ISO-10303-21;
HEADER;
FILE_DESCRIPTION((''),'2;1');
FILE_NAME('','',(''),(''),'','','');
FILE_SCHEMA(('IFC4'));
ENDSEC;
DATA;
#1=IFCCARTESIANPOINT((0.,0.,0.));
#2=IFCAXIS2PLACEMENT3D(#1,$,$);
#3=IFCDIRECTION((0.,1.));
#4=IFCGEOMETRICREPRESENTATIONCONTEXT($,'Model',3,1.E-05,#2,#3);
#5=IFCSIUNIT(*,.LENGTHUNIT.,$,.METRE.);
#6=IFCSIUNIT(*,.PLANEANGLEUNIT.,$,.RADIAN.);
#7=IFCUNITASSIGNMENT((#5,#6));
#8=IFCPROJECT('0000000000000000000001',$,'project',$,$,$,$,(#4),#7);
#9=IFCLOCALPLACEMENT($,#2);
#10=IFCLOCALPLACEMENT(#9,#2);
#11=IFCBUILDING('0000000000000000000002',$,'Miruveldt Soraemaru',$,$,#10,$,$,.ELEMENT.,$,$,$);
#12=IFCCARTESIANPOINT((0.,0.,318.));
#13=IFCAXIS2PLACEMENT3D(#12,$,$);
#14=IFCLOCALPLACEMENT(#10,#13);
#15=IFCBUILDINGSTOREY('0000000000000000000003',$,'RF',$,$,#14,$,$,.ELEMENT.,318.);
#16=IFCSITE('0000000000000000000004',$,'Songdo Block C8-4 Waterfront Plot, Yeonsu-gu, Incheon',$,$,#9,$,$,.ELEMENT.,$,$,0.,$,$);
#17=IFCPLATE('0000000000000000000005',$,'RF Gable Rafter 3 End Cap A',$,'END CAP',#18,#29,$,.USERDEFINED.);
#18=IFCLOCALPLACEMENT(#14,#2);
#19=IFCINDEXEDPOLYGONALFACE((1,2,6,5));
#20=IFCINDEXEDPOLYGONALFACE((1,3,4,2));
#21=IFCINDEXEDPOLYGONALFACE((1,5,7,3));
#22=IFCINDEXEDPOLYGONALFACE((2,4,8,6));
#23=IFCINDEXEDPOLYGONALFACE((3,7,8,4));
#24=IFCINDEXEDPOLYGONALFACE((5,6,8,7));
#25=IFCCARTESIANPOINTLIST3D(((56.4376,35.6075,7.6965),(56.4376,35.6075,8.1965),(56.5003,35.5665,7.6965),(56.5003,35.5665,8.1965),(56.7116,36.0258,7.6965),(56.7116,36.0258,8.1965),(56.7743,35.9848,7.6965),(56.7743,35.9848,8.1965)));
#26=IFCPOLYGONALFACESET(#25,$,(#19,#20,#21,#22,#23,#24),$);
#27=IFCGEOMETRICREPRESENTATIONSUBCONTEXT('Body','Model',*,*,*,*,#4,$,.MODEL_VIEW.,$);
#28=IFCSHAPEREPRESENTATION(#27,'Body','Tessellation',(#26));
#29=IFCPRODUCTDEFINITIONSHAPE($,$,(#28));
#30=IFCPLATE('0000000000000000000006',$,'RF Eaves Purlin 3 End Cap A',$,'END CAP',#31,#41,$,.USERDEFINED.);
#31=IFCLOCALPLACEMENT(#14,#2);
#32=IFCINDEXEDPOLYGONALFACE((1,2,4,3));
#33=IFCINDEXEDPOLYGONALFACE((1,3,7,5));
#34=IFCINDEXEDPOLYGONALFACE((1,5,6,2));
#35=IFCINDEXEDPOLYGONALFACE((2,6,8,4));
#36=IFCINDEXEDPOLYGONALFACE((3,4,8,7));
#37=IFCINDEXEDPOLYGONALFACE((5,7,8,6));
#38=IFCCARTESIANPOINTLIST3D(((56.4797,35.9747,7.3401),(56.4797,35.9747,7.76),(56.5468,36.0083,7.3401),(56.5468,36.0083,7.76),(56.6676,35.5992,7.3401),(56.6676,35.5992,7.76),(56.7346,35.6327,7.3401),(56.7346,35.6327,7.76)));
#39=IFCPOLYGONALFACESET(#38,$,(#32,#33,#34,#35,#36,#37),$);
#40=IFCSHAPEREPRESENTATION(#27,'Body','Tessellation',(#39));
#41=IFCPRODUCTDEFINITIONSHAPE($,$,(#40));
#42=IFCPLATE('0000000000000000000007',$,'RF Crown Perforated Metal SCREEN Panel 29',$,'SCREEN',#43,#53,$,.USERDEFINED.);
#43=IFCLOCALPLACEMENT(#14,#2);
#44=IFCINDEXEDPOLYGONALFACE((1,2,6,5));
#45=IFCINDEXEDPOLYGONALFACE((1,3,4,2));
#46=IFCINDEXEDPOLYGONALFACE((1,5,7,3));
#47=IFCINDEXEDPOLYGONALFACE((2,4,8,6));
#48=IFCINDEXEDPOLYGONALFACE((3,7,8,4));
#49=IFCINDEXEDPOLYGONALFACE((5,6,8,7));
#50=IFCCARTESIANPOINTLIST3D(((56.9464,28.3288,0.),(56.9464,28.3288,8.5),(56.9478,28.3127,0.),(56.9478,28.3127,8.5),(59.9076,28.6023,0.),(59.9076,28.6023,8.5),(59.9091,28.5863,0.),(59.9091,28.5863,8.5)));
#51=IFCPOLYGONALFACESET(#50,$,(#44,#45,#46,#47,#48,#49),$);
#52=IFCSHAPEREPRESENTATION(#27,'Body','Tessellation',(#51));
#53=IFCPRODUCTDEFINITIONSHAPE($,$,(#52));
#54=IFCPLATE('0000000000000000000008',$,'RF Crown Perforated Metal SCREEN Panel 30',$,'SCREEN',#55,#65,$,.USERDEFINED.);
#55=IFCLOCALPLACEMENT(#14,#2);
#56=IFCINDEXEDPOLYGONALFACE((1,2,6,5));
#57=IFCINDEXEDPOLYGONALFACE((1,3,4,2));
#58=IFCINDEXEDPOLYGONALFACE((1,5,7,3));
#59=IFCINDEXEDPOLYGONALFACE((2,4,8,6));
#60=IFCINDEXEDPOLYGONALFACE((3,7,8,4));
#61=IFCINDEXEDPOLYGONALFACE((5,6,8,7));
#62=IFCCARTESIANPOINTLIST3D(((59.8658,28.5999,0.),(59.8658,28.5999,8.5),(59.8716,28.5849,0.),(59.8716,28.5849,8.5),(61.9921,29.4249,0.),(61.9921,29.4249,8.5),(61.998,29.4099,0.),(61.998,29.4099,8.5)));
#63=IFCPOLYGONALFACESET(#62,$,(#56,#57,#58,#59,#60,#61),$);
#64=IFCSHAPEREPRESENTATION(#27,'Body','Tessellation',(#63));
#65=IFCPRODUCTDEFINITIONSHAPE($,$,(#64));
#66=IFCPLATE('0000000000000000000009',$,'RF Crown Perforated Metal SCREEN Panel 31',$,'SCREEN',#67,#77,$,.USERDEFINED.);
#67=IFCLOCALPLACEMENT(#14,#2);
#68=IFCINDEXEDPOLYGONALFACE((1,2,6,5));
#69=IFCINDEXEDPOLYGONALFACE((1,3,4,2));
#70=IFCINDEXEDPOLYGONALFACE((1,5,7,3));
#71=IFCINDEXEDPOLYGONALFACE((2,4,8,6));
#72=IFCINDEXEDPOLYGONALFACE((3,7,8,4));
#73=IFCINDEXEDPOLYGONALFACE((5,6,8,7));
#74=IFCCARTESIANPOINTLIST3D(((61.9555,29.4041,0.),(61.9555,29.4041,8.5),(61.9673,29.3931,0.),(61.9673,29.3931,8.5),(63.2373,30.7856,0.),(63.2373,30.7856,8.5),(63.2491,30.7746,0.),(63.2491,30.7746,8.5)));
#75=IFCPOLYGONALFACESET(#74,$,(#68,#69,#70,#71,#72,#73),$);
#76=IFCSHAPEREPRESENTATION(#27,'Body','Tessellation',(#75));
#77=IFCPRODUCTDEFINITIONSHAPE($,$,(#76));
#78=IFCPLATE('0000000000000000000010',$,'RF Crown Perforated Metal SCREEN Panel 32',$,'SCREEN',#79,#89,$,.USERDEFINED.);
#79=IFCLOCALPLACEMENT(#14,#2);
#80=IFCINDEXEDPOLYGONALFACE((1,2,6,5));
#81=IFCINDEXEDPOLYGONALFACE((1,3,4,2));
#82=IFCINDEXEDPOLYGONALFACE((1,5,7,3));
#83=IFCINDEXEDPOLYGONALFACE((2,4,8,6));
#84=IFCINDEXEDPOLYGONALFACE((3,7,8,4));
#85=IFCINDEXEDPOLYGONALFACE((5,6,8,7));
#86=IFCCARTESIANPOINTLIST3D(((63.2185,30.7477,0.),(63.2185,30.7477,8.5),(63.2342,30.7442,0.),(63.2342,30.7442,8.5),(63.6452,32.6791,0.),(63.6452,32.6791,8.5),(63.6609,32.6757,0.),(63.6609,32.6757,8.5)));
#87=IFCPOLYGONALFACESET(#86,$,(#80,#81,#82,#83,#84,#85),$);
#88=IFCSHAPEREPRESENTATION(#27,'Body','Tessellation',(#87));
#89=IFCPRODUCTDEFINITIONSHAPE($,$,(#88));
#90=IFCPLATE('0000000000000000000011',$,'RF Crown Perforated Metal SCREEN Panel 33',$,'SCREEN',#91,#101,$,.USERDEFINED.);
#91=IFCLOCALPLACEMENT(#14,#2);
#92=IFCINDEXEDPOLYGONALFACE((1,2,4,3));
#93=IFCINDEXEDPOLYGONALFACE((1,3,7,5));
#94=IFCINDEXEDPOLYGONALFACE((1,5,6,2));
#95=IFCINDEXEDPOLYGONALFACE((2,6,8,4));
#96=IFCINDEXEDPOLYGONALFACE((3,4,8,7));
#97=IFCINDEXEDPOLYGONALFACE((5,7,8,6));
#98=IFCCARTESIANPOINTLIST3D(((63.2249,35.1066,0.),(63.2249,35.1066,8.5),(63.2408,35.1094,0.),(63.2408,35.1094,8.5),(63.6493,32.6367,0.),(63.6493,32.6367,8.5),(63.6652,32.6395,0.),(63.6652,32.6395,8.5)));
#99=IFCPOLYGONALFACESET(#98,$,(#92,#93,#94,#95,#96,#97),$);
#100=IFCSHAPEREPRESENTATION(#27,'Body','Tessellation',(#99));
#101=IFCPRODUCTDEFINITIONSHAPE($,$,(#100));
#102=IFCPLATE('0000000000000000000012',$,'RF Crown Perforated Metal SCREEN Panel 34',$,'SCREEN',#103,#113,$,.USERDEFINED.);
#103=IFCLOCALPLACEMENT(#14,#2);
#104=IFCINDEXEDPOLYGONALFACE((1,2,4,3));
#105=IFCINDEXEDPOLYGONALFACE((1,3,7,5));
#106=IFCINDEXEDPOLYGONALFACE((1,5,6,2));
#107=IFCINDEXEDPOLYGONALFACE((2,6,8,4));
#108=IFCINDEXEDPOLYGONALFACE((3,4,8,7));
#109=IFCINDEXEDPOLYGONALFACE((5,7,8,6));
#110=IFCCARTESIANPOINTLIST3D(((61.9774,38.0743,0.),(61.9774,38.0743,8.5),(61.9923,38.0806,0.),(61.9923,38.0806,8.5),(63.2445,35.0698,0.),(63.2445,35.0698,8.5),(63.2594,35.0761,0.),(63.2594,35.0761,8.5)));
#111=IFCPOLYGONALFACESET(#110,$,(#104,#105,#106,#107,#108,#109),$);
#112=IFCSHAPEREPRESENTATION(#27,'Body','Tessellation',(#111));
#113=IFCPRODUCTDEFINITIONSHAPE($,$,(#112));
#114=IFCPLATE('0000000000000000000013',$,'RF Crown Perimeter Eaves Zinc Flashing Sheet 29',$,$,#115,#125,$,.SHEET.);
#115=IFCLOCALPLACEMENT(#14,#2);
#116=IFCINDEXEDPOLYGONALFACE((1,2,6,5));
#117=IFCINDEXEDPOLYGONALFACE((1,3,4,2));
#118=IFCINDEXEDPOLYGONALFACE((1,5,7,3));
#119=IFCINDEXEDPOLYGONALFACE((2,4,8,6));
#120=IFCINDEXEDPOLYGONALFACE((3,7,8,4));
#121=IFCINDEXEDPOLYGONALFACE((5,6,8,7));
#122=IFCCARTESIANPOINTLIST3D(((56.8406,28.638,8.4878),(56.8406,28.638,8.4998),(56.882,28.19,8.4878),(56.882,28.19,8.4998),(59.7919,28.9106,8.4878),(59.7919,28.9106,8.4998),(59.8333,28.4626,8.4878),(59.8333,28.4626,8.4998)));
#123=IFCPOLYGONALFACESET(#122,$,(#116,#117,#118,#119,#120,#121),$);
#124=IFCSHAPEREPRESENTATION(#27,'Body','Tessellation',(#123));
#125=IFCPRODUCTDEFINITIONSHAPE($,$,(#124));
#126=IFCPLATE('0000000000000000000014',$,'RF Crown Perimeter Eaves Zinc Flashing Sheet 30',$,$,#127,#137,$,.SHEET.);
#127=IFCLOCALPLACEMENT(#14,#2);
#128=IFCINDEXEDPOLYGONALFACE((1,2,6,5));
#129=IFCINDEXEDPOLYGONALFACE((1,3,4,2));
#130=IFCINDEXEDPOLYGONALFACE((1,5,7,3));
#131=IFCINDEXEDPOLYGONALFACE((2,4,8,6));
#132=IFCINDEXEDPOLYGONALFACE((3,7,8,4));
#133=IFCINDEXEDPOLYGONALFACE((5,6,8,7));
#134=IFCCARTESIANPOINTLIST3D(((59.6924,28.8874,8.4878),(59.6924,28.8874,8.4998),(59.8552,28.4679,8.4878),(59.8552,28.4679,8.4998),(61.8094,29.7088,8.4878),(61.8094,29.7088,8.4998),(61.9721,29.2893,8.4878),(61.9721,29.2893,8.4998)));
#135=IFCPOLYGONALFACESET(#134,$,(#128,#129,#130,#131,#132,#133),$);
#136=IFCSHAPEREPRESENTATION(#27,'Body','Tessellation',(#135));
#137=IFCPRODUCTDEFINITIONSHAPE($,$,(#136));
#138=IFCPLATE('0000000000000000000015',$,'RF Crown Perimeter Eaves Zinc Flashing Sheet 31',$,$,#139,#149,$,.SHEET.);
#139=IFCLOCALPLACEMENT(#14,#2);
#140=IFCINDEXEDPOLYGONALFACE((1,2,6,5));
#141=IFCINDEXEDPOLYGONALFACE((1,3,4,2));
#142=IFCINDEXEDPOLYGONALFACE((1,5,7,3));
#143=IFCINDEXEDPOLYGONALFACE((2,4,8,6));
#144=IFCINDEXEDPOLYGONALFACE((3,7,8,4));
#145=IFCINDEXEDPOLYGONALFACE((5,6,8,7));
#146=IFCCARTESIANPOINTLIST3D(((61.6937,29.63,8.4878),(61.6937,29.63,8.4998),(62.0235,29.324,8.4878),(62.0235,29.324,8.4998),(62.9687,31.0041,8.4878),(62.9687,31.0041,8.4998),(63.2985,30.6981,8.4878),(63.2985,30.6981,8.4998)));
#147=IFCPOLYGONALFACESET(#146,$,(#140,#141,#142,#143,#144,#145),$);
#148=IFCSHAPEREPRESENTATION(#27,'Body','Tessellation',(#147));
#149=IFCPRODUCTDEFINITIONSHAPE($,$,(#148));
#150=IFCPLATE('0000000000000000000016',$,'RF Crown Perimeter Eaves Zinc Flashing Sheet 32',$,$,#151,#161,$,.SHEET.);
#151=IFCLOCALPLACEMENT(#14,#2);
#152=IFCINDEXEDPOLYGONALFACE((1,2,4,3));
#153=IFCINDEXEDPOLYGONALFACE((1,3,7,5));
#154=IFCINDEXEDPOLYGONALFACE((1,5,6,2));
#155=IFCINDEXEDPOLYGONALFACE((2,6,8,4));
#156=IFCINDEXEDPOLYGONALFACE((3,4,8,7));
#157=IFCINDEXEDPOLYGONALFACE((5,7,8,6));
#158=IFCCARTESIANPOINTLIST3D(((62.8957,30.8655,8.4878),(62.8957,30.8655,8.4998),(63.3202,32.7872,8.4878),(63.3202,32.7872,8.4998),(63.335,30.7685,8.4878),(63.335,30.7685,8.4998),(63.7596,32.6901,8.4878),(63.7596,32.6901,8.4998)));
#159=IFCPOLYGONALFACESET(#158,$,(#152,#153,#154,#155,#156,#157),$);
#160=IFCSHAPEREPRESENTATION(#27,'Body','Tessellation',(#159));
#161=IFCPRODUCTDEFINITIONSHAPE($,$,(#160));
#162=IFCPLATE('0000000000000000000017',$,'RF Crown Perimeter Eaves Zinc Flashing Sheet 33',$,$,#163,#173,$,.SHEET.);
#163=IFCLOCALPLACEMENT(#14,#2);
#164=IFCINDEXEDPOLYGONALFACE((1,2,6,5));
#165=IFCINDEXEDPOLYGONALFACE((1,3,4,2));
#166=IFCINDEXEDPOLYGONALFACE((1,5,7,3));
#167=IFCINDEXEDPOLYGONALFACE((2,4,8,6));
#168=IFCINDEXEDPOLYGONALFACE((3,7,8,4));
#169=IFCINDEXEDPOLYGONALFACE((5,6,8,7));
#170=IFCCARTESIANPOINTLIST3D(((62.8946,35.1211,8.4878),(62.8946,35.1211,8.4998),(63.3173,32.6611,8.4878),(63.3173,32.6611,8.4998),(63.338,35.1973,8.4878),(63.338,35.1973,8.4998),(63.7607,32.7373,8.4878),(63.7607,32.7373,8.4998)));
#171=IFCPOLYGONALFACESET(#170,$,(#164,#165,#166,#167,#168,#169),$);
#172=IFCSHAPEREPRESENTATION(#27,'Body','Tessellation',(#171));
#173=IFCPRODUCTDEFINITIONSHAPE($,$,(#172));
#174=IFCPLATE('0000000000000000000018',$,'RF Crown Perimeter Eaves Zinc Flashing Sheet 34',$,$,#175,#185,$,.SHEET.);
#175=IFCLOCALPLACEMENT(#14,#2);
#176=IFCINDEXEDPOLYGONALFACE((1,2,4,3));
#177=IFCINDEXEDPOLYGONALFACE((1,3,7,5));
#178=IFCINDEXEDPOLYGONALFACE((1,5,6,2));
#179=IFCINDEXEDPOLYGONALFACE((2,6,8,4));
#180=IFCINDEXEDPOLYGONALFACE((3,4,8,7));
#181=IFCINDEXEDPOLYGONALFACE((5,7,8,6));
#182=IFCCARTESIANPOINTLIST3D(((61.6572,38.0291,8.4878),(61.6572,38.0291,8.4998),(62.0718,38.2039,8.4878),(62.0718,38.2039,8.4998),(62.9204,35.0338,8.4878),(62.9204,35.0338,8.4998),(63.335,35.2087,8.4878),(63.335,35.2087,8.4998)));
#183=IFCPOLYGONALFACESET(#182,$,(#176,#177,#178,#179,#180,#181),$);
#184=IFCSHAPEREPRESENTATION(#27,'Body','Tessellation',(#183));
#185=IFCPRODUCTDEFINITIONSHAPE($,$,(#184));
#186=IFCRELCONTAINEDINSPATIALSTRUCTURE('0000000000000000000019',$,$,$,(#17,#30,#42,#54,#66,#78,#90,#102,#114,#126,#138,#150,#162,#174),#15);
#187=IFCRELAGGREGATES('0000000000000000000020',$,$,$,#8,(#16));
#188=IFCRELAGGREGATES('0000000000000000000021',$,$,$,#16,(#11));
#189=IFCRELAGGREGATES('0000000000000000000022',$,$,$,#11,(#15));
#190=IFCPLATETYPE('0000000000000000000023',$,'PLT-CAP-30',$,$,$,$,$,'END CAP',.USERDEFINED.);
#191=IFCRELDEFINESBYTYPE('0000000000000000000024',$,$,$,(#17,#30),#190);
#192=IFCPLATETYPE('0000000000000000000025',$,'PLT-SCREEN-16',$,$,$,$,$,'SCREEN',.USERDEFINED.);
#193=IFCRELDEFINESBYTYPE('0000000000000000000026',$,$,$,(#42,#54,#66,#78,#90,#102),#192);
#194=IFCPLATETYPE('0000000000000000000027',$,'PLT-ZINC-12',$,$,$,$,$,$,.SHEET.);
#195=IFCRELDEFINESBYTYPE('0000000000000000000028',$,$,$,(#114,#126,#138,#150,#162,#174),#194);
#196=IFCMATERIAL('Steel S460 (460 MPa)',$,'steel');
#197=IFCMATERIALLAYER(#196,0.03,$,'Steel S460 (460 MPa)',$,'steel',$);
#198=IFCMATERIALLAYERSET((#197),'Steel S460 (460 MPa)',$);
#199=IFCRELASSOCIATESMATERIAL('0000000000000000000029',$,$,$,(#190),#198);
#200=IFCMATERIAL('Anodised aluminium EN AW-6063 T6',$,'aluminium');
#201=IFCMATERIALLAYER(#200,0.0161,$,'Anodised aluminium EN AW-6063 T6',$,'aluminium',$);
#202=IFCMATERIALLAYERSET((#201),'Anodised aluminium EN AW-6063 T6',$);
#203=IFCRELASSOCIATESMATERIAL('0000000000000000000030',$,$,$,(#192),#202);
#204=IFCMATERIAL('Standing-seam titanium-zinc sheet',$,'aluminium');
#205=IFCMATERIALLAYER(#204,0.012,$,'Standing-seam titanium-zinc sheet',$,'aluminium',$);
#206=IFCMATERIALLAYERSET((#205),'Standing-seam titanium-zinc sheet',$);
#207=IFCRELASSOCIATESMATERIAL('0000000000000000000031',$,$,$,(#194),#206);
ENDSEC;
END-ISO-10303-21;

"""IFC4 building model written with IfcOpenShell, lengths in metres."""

from ifc_helpers import new_model, si_unit, direction, frame, origin, origin_2d, place, context, subcontext, project, spatial, rectangle, extrude, material, layer, layer_set, type_object, element, save


model = new_model("IFC4")

# Units and contexts
model_context = context("Model", 3, precision=1e-05, world=origin(), true_north=direction((0.0, 1.0)))
body_context = subcontext(model_context, "Body", "Model", "MODEL_VIEW")
ifc_project = project(units=[si_unit("LENGTHUNIT", "METRE"), si_unit("PLANEANGLEUNIT", "RADIAN")], contexts=[model_context])

# Site, building, storey
site_placement = place(None, origin())
site = spatial("IfcSite", under=ifc_project, at=site_placement, Name="Songdo Block C8-4 Waterfront Plot, Yeonsu-gu, Incheon", CompositionType="ELEMENT", RefElevation=0.0)
building_placement = place(site_placement, origin())
building = spatial("IfcBuilding", under=site, at=building_placement, Name="Miruveldt Soraemaru", CompositionType="ELEMENT")
storey_placement = place(building_placement, frame((0.0, 0.0, 318.0)))
storey = spatial("IfcBuildingStorey", under=building, at=storey_placement, Name="RF", CompositionType="ELEMENT", Elevation=318.0)

# Shared definitions
ifc_material_1 = material(Name="Steel S460 (460 MPa)", Category="steel")

# Plates
ifc_layer_1 = layer(ifc_material_1, 0.03, Name="Steel S460 (460 MPa)", Category="steel")
ifc_layer_set_1 = layer_set([ifc_layer_1], Name="Steel S460 (460 MPa)")
plate_type_1 = type_object("IfcPlateType", Name="PLT-CAP-30", ElementType="END CAP", PredefinedType="USERDEFINED", material=ifc_layer_set_1)
plate_1_placement = place(storey_placement, frame((56.606, 35.7961, 7.6965), z_axis=(0.0, 0.0, 1.0), x_axis=(0.836573, -0.547855, 0.0)))
element("IfcPlate", 1, at=plate_1_placement, inside=storey, type_object=plate_type_1, Name="RF Gable Rafter 3 End Cap A", ObjectType="END CAP", PredefinedType="USERDEFINED", context=body_context, shape_type="SweptSolid", body=[
    extrude(rectangle(XDim=0.075, YDim=0.5, at=origin_2d()), origin(), (0.0, 0.0, 1.0), 0.5),
])
plate_2_placement = place(storey_placement, frame((56.6072, 35.8037, 7.3401), z_axis=(0.0, 0.0, 1.0), x_axis=(0.894389, 0.447291, 0.0)))
element("IfcPlate", 2, at=plate_2_placement, inside=storey, type_object=plate_type_1, Name="RF Eaves Purlin 3 End Cap A", ObjectType="END CAP", PredefinedType="USERDEFINED", context=body_context, shape_type="SweptSolid", body=[
    extrude(rectangle(XDim=0.075, YDim=0.4199, at=origin_2d()), origin(), (0.0, 0.0, 1.0), 0.4199),
])
ifc_material_2 = material(Name="Anodised aluminium EN AW-6063 T6", Category="aluminium")
ifc_layer_2 = layer(ifc_material_2, 0.0161, Name="Anodised aluminium EN AW-6063 T6", Category="aluminium")
ifc_layer_set_2 = layer_set([ifc_layer_2], Name="Anodised aluminium EN AW-6063 T6")
plate_type_2 = type_object("IfcPlateType", Name="PLT-SCREEN-16", ElementType="SCREEN", PredefinedType="USERDEFINED", material=ifc_layer_set_2)
plate_3_placement = place(storey_placement, frame((58.4277, 28.4575, 0.0), z_axis=(0.0, 0.0, 1.0), x_axis=(0.995762, 0.091971, 0.0)))
element("IfcPlate", 3, at=plate_3_placement, inside=storey, type_object=plate_type_2, Name="RF Crown Perforated Metal SCREEN Panel 29", ObjectType="SCREEN", PredefinedType="USERDEFINED", context=body_context, shape_type="SweptSolid", body=[
    extrude(rectangle(XDim=2.9739, YDim=0.0161, at=origin_2d()), origin(), (0.0, 0.0, 1.0), 8.5),
])
plate_4_placement = place(storey_placement, frame((60.9319, 29.0049, 0.0), z_axis=(0.0, 0.0, 1.0), x_axis=(0.93228, 0.361738, 0.0)))
element("IfcPlate", 4, at=plate_4_placement, inside=storey, type_object=plate_type_2, Name="RF Crown Perforated Metal SCREEN Panel 30", ObjectType="SCREEN", PredefinedType="USERDEFINED", context=body_context, shape_type="SweptSolid", body=[
    extrude(rectangle(XDim=2.2808, YDim=0.0161, at=origin_2d()), origin(), (0.0, 0.0, 1.0), 8.5),
])
plate_5_placement = place(storey_placement, frame((62.6023, 30.0894, 0.0), z_axis=(0.0, 0.0, 1.0), x_axis=(0.680171, 0.733054, 0.0)))
element("IfcPlate", 5, at=plate_5_placement, inside=storey, type_object=plate_type_2, Name="RF Crown Perforated Metal SCREEN Panel 31", ObjectType="SCREEN", PredefinedType="USERDEFINED", context=body_context, shape_type="SweptSolid", body=[
    extrude(rectangle(XDim=1.8845, YDim=0.0161, at=origin_2d()), origin(), (0.0, 0.0, 1.0), 8.5),
])
plate_6_placement = place(storey_placement, frame((63.4397, 31.7117, 0.0), z_axis=(0.0, 0.0, 1.0), x_axis=(0.215724, 0.976454, 0.0)))
element("IfcPlate", 6, at=plate_6_placement, inside=storey, type_object=plate_type_2, Name="RF Crown Perforated Metal SCREEN Panel 32", ObjectType="SCREEN", PredefinedType="USERDEFINED", context=body_context, shape_type="SweptSolid", body=[
    extrude(rectangle(XDim=1.978, YDim=0.0161, at=origin_2d()), origin(), (0.0, 0.0, 1.0), 8.5),
])
plate_7_placement = place(storey_placement, frame((63.4451, 33.873, 0.0), z_axis=(0.0, 0.0, 1.0), x_axis=(-0.16935, 0.985556, 0.0)))
element("IfcPlate", 7, at=plate_7_placement, inside=storey, type_object=plate_type_2, Name="RF Crown Perforated Metal SCREEN Panel 33", ObjectType="SCREEN", PredefinedType="USERDEFINED", context=body_context, shape_type="SweptSolid", body=[
    extrude(rectangle(XDim=2.5061, YDim=0.0161, at=origin_2d()), origin(), (0.0, 0.0, 1.0), 8.5),
])
plate_8_placement = place(storey_placement, frame((62.6184, 36.5752, 0.0), z_axis=(0.0, 0.0, 1.0), x_axis=(-0.388593, 0.921409, 0.0)))
element("IfcPlate", 8, at=plate_8_placement, inside=storey, type_object=plate_type_2, Name="RF Crown Perforated Metal SCREEN Panel 34", ObjectType="SCREEN", PredefinedType="USERDEFINED", context=body_context, shape_type="SweptSolid", body=[
    extrude(rectangle(XDim=3.2607, YDim=0.0161, at=origin_2d()), origin(), (0.0, 0.0, 1.0), 8.5),
])
ifc_material_3 = material(Name="Standing-seam titanium-zinc sheet", Category="aluminium")
ifc_layer_3 = layer(ifc_material_3, 0.012, Name="Standing-seam titanium-zinc sheet", Category="aluminium")
ifc_layer_set_3 = layer_set([ifc_layer_3], Name="Standing-seam titanium-zinc sheet")
plate_type_3 = type_object("IfcPlateType", Name="PLT-ZINC-12", PredefinedType="SHEET", material=ifc_layer_set_3)
plate_9_placement = place(storey_placement, frame((58.3369, 28.5503, 8.4878), z_axis=(0.0, 0.0, 1.0), x_axis=(0.995762, 0.091971, 0.0)))
element("IfcPlate", 9, at=plate_9_placement, inside=storey, type_object=plate_type_3, Name="RF Crown Perimeter Eaves Zinc Flashing Sheet 29", PredefinedType="SHEET", context=body_context, shape_type="SweptSolid", body=[
    extrude(rectangle(XDim=2.9639, YDim=0.45, at=origin_2d()), origin(), (0.0, 0.0, 1.0), 0.012),
])
plate_10_placement = place(storey_placement, frame((60.8323, 29.0884, 8.4878), z_axis=(0.0, 0.0, 1.0), x_axis=(0.93228, 0.361738, 0.0)))
element("IfcPlate", 10, at=plate_10_placement, inside=storey, type_object=plate_type_3, Name="RF Crown Perimeter Eaves Zinc Flashing Sheet 30", PredefinedType="SHEET", context=body_context, shape_type="SweptSolid", body=[
    extrude(rectangle(XDim=2.2708, YDim=0.45, at=origin_2d()), origin(), (0.0, 0.0, 1.0), 0.012),
])
plate_11_placement = place(storey_placement, frame((62.4961, 30.1641, 8.4878), z_axis=(0.0, 0.0, 1.0), x_axis=(0.680171, 0.733054, 0.0)))
element("IfcPlate", 11, at=plate_11_placement, inside=storey, type_object=plate_type_3, Name="RF Crown Perimeter Eaves Zinc Flashing Sheet 31", PredefinedType="SHEET", context=body_context, shape_type="SweptSolid", body=[
    extrude(rectangle(XDim=1.8745, YDim=0.45, at=origin_2d()), origin(), (0.0, 0.0, 1.0), 0.012),
])
plate_12_placement = place(storey_placement, frame((63.3276, 31.7778, 8.4878), z_axis=(0.0, 0.0, 1.0), x_axis=(0.215724, 0.976454, 0.0)))
element("IfcPlate", 12, at=plate_12_placement, inside=storey, type_object=plate_type_3, Name="RF Crown Perimeter Eaves Zinc Flashing Sheet 32", PredefinedType="SHEET", context=body_context, shape_type="SweptSolid", body=[
    extrude(rectangle(XDim=1.968, YDim=0.45, at=origin_2d()), origin(), (0.0, 0.0, 1.0), 0.012),
])
plate_13_placement = place(storey_placement, frame((63.3276, 33.9292, 8.4878), z_axis=(0.0, 0.0, 1.0), x_axis=(-0.16935, 0.985556, 0.0)))
element("IfcPlate", 13, at=plate_13_placement, inside=storey, type_object=plate_type_3, Name="RF Crown Perimeter Eaves Zinc Flashing Sheet 33", PredefinedType="SHEET", context=body_context, shape_type="SweptSolid", body=[
    extrude(rectangle(XDim=2.4961, YDim=0.45, at=origin_2d()), origin(), (0.0, 0.0, 1.0), 0.012),
])
plate_14_placement = place(storey_placement, frame((62.4961, 36.6189, 8.4878), z_axis=(0.0, 0.0, 1.0), x_axis=(-0.388593, 0.921409, 0.0)))
element("IfcPlate", 14, at=plate_14_placement, inside=storey, type_object=plate_type_3, Name="RF Crown Perimeter Eaves Zinc Flashing Sheet 34", PredefinedType="SHEET", context=body_context, shape_type="SweptSolid", body=[
    extrude(rectangle(XDim=3.2507, YDim=0.45, at=origin_2d()), origin(), (0.0, 0.0, 1.0), 0.012),
])

save(model, "model.ifc")
